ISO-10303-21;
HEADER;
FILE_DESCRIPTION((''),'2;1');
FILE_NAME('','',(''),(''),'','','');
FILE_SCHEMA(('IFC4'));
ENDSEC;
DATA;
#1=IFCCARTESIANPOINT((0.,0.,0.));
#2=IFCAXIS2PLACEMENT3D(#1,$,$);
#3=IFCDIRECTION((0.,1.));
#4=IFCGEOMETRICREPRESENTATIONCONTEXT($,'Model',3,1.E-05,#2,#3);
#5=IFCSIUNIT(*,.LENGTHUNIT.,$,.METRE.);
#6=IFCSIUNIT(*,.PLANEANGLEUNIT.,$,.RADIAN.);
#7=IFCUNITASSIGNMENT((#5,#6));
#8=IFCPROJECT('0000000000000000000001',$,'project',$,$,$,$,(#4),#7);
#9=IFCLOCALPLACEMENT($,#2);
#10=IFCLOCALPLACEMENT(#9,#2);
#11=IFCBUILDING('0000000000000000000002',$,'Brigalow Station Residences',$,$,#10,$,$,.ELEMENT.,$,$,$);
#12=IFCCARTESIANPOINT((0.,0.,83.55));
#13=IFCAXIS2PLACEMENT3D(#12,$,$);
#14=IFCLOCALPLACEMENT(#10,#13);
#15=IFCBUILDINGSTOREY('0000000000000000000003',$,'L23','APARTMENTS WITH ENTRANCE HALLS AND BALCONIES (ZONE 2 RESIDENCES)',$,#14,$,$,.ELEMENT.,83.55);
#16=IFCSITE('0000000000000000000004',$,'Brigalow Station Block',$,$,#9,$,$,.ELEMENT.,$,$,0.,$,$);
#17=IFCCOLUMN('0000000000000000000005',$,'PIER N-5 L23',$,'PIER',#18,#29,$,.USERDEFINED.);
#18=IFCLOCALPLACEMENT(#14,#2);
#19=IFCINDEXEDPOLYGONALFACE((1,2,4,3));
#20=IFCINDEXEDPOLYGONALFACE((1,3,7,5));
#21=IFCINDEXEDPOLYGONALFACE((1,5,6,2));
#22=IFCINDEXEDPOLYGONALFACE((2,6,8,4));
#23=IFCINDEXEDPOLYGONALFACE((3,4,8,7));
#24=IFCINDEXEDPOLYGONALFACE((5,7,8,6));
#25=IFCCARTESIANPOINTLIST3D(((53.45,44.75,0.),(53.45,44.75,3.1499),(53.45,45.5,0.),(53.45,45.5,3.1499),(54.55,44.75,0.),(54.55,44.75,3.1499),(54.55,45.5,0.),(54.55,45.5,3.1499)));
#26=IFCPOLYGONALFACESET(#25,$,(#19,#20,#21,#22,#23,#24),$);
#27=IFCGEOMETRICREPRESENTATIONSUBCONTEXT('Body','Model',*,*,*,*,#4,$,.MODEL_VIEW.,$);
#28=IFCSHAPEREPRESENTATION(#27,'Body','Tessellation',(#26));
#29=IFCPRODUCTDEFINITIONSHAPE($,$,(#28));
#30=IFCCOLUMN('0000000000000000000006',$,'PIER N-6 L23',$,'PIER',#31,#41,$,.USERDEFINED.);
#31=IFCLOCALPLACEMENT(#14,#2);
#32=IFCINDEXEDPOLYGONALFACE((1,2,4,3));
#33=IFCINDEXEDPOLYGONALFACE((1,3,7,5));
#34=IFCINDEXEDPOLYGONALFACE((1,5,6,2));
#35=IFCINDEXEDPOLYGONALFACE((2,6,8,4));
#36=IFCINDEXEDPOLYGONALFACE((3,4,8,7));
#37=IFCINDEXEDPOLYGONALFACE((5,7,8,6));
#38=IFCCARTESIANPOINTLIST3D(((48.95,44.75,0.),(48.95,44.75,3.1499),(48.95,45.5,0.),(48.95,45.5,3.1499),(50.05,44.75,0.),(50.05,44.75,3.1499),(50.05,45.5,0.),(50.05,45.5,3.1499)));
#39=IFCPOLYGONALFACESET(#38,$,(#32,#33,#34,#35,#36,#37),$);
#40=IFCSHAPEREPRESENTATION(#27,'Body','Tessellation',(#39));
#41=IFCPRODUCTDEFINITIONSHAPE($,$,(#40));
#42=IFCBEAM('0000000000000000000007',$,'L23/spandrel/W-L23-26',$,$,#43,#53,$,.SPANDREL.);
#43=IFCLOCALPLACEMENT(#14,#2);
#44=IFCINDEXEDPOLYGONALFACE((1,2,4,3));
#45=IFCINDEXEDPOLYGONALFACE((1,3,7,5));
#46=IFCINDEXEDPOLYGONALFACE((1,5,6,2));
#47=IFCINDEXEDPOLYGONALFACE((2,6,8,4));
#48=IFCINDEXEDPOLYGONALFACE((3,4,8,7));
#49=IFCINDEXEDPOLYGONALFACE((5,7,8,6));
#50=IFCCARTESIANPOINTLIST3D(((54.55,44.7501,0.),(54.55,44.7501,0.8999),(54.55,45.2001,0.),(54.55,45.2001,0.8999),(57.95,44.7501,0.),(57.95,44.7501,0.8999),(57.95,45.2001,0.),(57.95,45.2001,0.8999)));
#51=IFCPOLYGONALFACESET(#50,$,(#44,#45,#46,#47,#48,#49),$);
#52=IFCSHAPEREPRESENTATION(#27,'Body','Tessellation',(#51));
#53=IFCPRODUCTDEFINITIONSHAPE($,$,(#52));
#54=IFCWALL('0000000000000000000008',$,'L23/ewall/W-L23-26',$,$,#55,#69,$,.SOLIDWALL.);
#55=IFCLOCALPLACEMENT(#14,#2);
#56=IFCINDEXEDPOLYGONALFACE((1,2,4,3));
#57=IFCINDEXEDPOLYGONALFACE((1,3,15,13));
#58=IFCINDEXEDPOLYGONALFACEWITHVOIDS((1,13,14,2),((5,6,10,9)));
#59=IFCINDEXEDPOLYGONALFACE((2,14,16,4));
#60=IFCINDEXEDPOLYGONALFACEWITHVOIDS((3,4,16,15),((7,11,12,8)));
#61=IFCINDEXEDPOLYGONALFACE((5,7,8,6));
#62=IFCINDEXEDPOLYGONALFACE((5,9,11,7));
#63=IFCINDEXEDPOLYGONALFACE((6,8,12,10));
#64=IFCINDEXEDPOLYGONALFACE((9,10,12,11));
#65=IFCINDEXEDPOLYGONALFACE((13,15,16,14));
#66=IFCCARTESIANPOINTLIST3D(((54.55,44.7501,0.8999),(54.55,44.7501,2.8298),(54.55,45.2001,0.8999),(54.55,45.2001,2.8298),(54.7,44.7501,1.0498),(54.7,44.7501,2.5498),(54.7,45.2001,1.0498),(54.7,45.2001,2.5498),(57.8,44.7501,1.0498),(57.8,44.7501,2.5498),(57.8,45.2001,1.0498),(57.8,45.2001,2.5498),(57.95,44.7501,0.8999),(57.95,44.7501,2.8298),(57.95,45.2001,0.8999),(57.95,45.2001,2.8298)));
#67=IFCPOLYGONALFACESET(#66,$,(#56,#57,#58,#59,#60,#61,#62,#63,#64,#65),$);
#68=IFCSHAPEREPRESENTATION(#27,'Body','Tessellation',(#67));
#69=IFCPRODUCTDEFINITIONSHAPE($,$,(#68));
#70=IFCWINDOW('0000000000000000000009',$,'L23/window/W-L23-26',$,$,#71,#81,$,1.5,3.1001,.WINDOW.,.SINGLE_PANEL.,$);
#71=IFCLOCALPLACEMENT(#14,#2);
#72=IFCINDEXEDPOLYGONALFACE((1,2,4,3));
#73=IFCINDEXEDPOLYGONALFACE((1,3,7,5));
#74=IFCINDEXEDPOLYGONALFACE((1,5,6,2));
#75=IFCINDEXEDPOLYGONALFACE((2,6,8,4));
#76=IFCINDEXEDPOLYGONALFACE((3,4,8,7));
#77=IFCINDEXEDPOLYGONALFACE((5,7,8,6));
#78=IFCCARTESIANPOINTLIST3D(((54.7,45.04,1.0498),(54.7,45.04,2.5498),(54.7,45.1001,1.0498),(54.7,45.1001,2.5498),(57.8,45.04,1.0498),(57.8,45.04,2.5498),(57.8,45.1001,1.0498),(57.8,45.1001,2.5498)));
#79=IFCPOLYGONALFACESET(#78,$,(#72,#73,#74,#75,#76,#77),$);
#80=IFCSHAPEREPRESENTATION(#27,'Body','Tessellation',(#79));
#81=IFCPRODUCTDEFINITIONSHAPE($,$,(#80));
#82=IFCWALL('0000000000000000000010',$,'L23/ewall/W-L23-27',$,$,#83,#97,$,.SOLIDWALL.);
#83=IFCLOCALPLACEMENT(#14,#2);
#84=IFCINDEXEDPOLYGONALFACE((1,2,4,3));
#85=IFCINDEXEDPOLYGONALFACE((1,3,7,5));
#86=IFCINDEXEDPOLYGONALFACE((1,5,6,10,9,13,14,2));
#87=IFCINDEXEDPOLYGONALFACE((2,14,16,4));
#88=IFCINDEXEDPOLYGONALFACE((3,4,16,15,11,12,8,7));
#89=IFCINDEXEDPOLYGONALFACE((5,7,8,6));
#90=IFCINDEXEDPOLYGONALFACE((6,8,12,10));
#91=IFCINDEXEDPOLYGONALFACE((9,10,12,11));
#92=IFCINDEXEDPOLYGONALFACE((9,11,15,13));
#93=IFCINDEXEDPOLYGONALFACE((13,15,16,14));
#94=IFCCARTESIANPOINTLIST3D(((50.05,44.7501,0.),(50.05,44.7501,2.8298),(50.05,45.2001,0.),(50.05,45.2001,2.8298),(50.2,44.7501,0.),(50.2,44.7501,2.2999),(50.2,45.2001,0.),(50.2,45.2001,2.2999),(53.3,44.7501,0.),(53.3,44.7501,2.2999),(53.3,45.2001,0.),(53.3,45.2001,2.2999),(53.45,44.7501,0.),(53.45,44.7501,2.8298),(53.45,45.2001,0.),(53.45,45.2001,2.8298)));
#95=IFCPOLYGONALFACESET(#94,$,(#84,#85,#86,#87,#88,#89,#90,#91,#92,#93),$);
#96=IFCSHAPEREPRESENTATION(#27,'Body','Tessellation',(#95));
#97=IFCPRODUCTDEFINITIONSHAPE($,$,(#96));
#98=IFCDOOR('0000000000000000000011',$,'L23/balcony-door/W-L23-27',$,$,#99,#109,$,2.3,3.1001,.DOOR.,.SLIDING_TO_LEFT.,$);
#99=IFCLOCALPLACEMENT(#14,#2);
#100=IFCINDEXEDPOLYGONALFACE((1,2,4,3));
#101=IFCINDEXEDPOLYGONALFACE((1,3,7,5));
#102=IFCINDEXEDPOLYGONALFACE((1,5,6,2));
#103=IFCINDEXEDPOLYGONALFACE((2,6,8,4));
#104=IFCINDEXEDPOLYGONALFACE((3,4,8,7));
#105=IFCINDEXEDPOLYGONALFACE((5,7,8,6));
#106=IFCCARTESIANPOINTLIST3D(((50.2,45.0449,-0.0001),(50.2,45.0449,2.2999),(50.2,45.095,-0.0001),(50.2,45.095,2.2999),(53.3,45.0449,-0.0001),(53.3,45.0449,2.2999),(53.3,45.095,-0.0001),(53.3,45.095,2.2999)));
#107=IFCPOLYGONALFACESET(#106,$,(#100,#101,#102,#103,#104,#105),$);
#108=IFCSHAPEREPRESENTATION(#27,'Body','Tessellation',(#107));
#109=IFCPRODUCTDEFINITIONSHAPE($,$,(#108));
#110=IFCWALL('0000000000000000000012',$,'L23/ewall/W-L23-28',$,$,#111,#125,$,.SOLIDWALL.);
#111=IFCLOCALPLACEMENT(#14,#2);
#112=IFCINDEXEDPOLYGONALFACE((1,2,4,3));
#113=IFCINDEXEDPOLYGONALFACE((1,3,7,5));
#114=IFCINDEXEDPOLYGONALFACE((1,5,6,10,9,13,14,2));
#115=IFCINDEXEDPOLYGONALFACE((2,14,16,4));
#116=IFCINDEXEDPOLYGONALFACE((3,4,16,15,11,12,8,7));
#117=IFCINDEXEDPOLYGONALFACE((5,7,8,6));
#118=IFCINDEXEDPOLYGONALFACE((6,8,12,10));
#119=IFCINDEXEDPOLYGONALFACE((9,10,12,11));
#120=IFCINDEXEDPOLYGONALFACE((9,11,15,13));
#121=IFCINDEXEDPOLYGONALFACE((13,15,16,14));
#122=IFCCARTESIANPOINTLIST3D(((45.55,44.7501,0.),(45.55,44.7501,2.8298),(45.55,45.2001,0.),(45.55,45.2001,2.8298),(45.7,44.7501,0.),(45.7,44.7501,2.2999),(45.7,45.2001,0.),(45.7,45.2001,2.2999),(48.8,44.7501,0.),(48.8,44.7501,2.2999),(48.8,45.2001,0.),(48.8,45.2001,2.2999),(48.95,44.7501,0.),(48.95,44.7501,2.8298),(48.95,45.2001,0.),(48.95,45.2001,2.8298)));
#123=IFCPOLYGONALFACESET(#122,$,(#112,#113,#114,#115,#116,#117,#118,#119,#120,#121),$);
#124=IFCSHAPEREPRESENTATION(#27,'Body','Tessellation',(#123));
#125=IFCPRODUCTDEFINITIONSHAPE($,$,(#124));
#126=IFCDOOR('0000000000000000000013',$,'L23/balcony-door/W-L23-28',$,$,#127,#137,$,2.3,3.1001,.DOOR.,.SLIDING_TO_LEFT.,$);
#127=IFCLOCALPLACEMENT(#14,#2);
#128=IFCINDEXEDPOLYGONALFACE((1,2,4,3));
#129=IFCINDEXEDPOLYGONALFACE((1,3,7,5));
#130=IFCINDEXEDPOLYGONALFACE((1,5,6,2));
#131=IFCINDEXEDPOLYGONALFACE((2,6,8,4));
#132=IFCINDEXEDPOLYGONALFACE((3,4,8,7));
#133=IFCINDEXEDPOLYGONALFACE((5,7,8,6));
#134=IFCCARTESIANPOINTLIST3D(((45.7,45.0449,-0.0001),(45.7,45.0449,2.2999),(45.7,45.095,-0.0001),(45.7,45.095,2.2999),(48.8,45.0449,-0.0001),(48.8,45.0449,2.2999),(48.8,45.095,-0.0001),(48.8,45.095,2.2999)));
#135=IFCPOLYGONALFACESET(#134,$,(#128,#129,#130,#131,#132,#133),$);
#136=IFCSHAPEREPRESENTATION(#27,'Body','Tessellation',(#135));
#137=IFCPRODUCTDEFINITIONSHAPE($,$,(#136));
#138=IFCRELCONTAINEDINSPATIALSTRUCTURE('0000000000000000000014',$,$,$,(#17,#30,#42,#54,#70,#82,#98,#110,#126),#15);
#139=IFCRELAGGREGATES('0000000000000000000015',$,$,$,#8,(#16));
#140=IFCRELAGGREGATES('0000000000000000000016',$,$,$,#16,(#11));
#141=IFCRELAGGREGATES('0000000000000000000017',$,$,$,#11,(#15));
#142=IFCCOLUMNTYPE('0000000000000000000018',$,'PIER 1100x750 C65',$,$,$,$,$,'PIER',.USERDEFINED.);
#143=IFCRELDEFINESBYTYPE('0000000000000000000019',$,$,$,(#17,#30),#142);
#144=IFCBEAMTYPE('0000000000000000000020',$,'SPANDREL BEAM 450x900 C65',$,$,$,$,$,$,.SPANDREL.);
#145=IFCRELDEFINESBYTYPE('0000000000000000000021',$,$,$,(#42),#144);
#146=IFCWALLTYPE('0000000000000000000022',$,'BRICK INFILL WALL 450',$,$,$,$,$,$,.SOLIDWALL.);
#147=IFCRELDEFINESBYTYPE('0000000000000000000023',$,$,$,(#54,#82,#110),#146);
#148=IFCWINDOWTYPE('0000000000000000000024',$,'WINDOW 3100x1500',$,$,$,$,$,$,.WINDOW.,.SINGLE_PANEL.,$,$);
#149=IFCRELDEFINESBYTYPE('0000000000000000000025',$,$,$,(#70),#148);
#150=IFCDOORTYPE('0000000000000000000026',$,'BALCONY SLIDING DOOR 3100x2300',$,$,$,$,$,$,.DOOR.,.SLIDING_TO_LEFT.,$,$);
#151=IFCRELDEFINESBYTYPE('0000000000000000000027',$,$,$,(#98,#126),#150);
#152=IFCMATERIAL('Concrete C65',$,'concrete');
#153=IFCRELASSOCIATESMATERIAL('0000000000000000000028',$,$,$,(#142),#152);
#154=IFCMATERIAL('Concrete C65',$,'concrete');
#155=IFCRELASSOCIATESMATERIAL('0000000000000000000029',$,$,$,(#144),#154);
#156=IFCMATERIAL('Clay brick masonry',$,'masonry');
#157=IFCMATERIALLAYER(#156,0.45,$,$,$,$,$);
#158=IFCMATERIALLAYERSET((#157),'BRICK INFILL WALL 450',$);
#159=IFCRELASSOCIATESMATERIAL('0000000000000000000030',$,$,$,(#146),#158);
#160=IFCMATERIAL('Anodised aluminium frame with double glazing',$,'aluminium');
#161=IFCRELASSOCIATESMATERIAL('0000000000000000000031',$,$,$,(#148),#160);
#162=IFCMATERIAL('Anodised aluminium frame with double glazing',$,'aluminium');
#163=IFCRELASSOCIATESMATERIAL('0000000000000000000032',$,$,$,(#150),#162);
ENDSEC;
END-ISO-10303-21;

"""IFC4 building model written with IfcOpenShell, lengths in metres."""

from ifc_helpers import new_model, si_unit, direction, frame, frame_2d, origin, origin_2d, place, context, subcontext, project, spatial, rectangle, extrude, material, layer, layer_set, material_profile, profile_set, type_object, element, fill, save


model = new_model("IFC4")

# Units and contexts
model_context = context("Model", 3, precision=1e-05, world=origin(), true_north=direction((0.0, 1.0)))
body_context = subcontext(model_context, "Body", "Model", "MODEL_VIEW")
ifc_project = project(units=[si_unit("LENGTHUNIT", "METRE"), si_unit("PLANEANGLEUNIT", "RADIAN")], contexts=[model_context])

# Site, building, storey
site_placement = place(None, origin())
site = spatial("IfcSite", under=ifc_project, at=site_placement, Name="Brigalow Station Block", CompositionType="ELEMENT", RefElevation=0.0)
building_placement = place(site_placement, origin())
building = spatial("IfcBuilding", under=site, at=building_placement, Name="Brigalow Station Residences", CompositionType="ELEMENT")
storey_placement = place(building_placement, frame((0.0, 0.0, 83.55)))
storey = spatial("IfcBuildingStorey", under=building, at=storey_placement, Name="L23", Description="APARTMENTS WITH ENTRANCE HALLS AND BALCONIES (ZONE 2 RESIDENCES)", CompositionType="ELEMENT", Elevation=83.55)

# Columns
ifc_material_1 = material(Name="Concrete C65", Category="concrete")
ifc_material_profile_1 = material_profile(ifc_material_1, rectangle(XDim=1.1001, YDim=0.75, at=origin_2d()), Name="RC1100x750")
ifc_profile_set_1 = profile_set([ifc_material_profile_1], Name="Concrete C65")
column_type = type_object("IfcColumnType", Name="PIER 1100x750 C65", ElementType="PIER", PredefinedType="USERDEFINED", material=ifc_profile_set_1)
for number, where, z_axis, x_axis, name in (
    (1, (54.0, 45.125, 0.0), (0.0, 0.0, 1.0), (-1.0, 0.0, 0.0), "PIER N-5 L23"),
    (2, (49.5, 45.125, 0.0), (0.0, 0.0, 1.0), (-1.0, 0.0, 0.0), "PIER N-6 L23"),
):
    element("IfcColumn", number, at=place(storey_placement, frame(where, z_axis=z_axis, x_axis=x_axis)), inside=storey, type_object=column_type, Name=name, ObjectType="PIER", PredefinedType="USERDEFINED", context=body_context, shape_type="SweptSolid", body=[
        extrude(rectangle(XDim=1.1001, YDim=0.75, at=origin_2d()), origin(), (0.0, 0.0, 1.0), 3.1499),
    ])

# Beam
ifc_material_2 = material(Name="Concrete C65", Category="concrete")
ifc_material_profile_2 = material_profile(ifc_material_2, rectangle(XDim=0.45, YDim=0.8999, at=origin_2d()), Name="RC450x900")
ifc_profile_set_2 = profile_set([ifc_material_profile_2], Name="Concrete C65")
beam_type = type_object("IfcBeamType", Name="SPANDREL BEAM 450x900 C65", PredefinedType="SPANDREL", material=ifc_profile_set_2)
beam_placement = place(storey_placement, frame((57.95, 44.9751, 0.45), z_axis=(-1.0, 0.0, 0.0), x_axis=(0.0, -1.0, 0.0)))
element("IfcBeam", 3, at=beam_placement, inside=storey, type_object=beam_type, Name="L23/spandrel/W-L23-26", PredefinedType="SPANDREL", context=body_context, shape_type="SweptSolid", body=[
    extrude(rectangle(XDim=0.45, YDim=0.8999, at=origin_2d()), origin(), (0.0, 0.0, 1.0), 3.3999),
])

# Wall, opening, window
ifc_material_3 = material(Name="Clay brick masonry", Category="masonry")
ifc_layer_1 = layer(ifc_material_3, 0.45)
ifc_layer_set_1 = layer_set([ifc_layer_1], Name="BRICK INFILL WALL 450")
wall_type_1 = type_object("IfcWallType", Name="BRICK INFILL WALL 450", PredefinedType="SOLIDWALL", material=ifc_layer_set_1)
wall_1_placement = place(storey_placement, frame((57.95, 44.9751, 0.8999), z_axis=(0.0, 0.0, 1.0), x_axis=(-1.0, 0.0, 0.0)))
wall_1 = element("IfcWall", 4, at=wall_1_placement, inside=storey, type_object=wall_type_1, Name="L23/ewall/W-L23-26", PredefinedType="SOLIDWALL", context=body_context, shape_type="SweptSolid", body=[
    extrude(rectangle(XDim=3.3999, YDim=0.45, at=frame_2d((1.7, 0.0))), origin(), (0.0, 0.0, 1.0), 1.9299),
])
opening_1_placement = place(wall_1_placement, frame((0.1499, 0.0, 0.1499)))
opening_1 = element("IfcOpeningElement", 5, at=opening_1_placement, cuts=wall_1, PredefinedType="OPENING", context=body_context, shape_type="SweptSolid", body=[
    extrude(rectangle(XDim=3.1001, YDim=1.5, at=frame_2d((1.55, 0.75))), frame((0.0, 0.2349, 0.0), z_axis=(0.0, -1.0, 0.0), x_axis=(1.0, 0.0, 0.0)), (0.0, 0.0, 1.0), 0.47),
])
ifc_material_4 = material(Name="Anodised aluminium frame with double glazing", Category="aluminium")
window_type = type_object("IfcWindowType", Name="WINDOW 3100x1500", PartitioningType="SINGLE_PANEL", PredefinedType="WINDOW", material=ifc_material_4)
window_placement = place(opening_1_placement, origin())
window = element("IfcWindow", 6, at=window_placement, inside=storey, type_object=window_type, Name="L23/window/W-L23-26", OverallHeight=1.5, OverallWidth=3.1001, PartitioningType="SINGLE_PANEL", PredefinedType="WINDOW", context=body_context, shape_type="SweptSolid", body=[
    extrude(rectangle(XDim=3.1001, YDim=1.5, at=frame_2d((1.55, 0.75))), frame((0.0, -0.0649, 0.0), z_axis=(0.0, -1.0, 0.0), x_axis=(1.0, 0.0, 0.0)), (0.0, 0.0, 1.0), 0.0601),
])
fill(opening_1, window)

# Walls, openings, doors
wall_2_placement = place(storey_placement, frame((53.45, 44.9751, 0.0), z_axis=(0.0, 0.0, 1.0), x_axis=(-1.0, 0.0, 0.0)))
wall_2 = element("IfcWall", 7, at=wall_2_placement, inside=storey, type_object=wall_type_1, Name="L23/ewall/W-L23-27", PredefinedType="SOLIDWALL", context=body_context, shape_type="SweptSolid", body=[
    extrude(rectangle(XDim=3.3999, YDim=0.45, at=frame_2d((1.7, 0.0))), origin(), (0.0, 0.0, 1.0), 2.8298),
])
opening_2_placement = place(wall_2_placement, frame((0.1499, 0.0, 0.0)))
opening_2 = element("IfcOpeningElement", 8, at=opening_2_placement, cuts=wall_2, PredefinedType="OPENING", context=body_context, shape_type="SweptSolid", body=[
    extrude(rectangle(XDim=3.1001, YDim=2.3, at=frame_2d((1.55, 1.1499))), frame((0.0, 0.2349, 0.0), z_axis=(0.0, -1.0, 0.0), x_axis=(1.0, 0.0, 0.0)), (0.0, 0.0, 1.0), 0.47),
])
ifc_material_5 = material(Name="Anodised aluminium frame with double glazing", Category="aluminium")
door_type_1 = type_object("IfcDoorType", Name="BALCONY SLIDING DOOR 3100x2300", OperationType="SLIDING_TO_LEFT", PredefinedType="DOOR", material=ifc_material_5)
door_1_placement = place(opening_2_placement, origin())
door_1 = element("IfcDoor", 9, at=door_1_placement, inside=storey, type_object=door_type_1, Name="L23/balcony-door/W-L23-27", OperationType="SLIDING_TO_LEFT", OverallHeight=2.3, OverallWidth=3.1001, PredefinedType="DOOR", context=body_context, shape_type="SweptSolid", body=[
    extrude(rectangle(XDim=3.1001, YDim=2.3, at=frame_2d((1.55, 1.1499))), frame((0.0, -0.0698, 0.0), z_axis=(0.0, -1.0, 0.0), x_axis=(1.0, 0.0, 0.0)), (0.0, 0.0, 1.0), 0.05),
])
fill(opening_2, door_1)
wall_3_placement = place(storey_placement, frame((48.95, 44.9751, 0.0), z_axis=(0.0, 0.0, 1.0), x_axis=(-1.0, 0.0, 0.0)))
wall_3 = element("IfcWall", 10, at=wall_3_placement, inside=storey, type_object=wall_type_1, Name="L23/ewall/W-L23-28", PredefinedType="SOLIDWALL", context=body_context, shape_type="SweptSolid", body=[
    extrude(rectangle(XDim=3.3999, YDim=0.45, at=frame_2d((1.7, 0.0))), origin(), (0.0, 0.0, 1.0), 2.8298),
])
opening_3_placement = place(wall_3_placement, frame((0.1499, 0.0, 0.0)))
opening_3 = element("IfcOpeningElement", 11, at=opening_3_placement, cuts=wall_3, PredefinedType="OPENING", context=body_context, shape_type="SweptSolid", body=[
    extrude(rectangle(XDim=3.1001, YDim=2.3, at=frame_2d((1.55, 1.1499))), frame((0.0, 0.2349, 0.0), z_axis=(0.0, -1.0, 0.0), x_axis=(1.0, 0.0, 0.0)), (0.0, 0.0, 1.0), 0.47),
])
door_2_placement = place(opening_3_placement, origin())
door_2 = element("IfcDoor", 12, at=door_2_placement, inside=storey, type_object=door_type_1, Name="L23/balcony-door/W-L23-28", OperationType="SLIDING_TO_LEFT", OverallHeight=2.3, OverallWidth=3.1001, PredefinedType="DOOR", context=body_context, shape_type="SweptSolid", body=[
    extrude(rectangle(XDim=3.1001, YDim=2.3, at=frame_2d((1.55, 1.1499))), frame((0.0, -0.0698, 0.0), z_axis=(0.0, -1.0, 0.0), x_axis=(1.0, 0.0, 0.0)), (0.0, 0.0, 1.0), 0.05),
])
fill(opening_3, door_2)

save(model, "model.ifc")
